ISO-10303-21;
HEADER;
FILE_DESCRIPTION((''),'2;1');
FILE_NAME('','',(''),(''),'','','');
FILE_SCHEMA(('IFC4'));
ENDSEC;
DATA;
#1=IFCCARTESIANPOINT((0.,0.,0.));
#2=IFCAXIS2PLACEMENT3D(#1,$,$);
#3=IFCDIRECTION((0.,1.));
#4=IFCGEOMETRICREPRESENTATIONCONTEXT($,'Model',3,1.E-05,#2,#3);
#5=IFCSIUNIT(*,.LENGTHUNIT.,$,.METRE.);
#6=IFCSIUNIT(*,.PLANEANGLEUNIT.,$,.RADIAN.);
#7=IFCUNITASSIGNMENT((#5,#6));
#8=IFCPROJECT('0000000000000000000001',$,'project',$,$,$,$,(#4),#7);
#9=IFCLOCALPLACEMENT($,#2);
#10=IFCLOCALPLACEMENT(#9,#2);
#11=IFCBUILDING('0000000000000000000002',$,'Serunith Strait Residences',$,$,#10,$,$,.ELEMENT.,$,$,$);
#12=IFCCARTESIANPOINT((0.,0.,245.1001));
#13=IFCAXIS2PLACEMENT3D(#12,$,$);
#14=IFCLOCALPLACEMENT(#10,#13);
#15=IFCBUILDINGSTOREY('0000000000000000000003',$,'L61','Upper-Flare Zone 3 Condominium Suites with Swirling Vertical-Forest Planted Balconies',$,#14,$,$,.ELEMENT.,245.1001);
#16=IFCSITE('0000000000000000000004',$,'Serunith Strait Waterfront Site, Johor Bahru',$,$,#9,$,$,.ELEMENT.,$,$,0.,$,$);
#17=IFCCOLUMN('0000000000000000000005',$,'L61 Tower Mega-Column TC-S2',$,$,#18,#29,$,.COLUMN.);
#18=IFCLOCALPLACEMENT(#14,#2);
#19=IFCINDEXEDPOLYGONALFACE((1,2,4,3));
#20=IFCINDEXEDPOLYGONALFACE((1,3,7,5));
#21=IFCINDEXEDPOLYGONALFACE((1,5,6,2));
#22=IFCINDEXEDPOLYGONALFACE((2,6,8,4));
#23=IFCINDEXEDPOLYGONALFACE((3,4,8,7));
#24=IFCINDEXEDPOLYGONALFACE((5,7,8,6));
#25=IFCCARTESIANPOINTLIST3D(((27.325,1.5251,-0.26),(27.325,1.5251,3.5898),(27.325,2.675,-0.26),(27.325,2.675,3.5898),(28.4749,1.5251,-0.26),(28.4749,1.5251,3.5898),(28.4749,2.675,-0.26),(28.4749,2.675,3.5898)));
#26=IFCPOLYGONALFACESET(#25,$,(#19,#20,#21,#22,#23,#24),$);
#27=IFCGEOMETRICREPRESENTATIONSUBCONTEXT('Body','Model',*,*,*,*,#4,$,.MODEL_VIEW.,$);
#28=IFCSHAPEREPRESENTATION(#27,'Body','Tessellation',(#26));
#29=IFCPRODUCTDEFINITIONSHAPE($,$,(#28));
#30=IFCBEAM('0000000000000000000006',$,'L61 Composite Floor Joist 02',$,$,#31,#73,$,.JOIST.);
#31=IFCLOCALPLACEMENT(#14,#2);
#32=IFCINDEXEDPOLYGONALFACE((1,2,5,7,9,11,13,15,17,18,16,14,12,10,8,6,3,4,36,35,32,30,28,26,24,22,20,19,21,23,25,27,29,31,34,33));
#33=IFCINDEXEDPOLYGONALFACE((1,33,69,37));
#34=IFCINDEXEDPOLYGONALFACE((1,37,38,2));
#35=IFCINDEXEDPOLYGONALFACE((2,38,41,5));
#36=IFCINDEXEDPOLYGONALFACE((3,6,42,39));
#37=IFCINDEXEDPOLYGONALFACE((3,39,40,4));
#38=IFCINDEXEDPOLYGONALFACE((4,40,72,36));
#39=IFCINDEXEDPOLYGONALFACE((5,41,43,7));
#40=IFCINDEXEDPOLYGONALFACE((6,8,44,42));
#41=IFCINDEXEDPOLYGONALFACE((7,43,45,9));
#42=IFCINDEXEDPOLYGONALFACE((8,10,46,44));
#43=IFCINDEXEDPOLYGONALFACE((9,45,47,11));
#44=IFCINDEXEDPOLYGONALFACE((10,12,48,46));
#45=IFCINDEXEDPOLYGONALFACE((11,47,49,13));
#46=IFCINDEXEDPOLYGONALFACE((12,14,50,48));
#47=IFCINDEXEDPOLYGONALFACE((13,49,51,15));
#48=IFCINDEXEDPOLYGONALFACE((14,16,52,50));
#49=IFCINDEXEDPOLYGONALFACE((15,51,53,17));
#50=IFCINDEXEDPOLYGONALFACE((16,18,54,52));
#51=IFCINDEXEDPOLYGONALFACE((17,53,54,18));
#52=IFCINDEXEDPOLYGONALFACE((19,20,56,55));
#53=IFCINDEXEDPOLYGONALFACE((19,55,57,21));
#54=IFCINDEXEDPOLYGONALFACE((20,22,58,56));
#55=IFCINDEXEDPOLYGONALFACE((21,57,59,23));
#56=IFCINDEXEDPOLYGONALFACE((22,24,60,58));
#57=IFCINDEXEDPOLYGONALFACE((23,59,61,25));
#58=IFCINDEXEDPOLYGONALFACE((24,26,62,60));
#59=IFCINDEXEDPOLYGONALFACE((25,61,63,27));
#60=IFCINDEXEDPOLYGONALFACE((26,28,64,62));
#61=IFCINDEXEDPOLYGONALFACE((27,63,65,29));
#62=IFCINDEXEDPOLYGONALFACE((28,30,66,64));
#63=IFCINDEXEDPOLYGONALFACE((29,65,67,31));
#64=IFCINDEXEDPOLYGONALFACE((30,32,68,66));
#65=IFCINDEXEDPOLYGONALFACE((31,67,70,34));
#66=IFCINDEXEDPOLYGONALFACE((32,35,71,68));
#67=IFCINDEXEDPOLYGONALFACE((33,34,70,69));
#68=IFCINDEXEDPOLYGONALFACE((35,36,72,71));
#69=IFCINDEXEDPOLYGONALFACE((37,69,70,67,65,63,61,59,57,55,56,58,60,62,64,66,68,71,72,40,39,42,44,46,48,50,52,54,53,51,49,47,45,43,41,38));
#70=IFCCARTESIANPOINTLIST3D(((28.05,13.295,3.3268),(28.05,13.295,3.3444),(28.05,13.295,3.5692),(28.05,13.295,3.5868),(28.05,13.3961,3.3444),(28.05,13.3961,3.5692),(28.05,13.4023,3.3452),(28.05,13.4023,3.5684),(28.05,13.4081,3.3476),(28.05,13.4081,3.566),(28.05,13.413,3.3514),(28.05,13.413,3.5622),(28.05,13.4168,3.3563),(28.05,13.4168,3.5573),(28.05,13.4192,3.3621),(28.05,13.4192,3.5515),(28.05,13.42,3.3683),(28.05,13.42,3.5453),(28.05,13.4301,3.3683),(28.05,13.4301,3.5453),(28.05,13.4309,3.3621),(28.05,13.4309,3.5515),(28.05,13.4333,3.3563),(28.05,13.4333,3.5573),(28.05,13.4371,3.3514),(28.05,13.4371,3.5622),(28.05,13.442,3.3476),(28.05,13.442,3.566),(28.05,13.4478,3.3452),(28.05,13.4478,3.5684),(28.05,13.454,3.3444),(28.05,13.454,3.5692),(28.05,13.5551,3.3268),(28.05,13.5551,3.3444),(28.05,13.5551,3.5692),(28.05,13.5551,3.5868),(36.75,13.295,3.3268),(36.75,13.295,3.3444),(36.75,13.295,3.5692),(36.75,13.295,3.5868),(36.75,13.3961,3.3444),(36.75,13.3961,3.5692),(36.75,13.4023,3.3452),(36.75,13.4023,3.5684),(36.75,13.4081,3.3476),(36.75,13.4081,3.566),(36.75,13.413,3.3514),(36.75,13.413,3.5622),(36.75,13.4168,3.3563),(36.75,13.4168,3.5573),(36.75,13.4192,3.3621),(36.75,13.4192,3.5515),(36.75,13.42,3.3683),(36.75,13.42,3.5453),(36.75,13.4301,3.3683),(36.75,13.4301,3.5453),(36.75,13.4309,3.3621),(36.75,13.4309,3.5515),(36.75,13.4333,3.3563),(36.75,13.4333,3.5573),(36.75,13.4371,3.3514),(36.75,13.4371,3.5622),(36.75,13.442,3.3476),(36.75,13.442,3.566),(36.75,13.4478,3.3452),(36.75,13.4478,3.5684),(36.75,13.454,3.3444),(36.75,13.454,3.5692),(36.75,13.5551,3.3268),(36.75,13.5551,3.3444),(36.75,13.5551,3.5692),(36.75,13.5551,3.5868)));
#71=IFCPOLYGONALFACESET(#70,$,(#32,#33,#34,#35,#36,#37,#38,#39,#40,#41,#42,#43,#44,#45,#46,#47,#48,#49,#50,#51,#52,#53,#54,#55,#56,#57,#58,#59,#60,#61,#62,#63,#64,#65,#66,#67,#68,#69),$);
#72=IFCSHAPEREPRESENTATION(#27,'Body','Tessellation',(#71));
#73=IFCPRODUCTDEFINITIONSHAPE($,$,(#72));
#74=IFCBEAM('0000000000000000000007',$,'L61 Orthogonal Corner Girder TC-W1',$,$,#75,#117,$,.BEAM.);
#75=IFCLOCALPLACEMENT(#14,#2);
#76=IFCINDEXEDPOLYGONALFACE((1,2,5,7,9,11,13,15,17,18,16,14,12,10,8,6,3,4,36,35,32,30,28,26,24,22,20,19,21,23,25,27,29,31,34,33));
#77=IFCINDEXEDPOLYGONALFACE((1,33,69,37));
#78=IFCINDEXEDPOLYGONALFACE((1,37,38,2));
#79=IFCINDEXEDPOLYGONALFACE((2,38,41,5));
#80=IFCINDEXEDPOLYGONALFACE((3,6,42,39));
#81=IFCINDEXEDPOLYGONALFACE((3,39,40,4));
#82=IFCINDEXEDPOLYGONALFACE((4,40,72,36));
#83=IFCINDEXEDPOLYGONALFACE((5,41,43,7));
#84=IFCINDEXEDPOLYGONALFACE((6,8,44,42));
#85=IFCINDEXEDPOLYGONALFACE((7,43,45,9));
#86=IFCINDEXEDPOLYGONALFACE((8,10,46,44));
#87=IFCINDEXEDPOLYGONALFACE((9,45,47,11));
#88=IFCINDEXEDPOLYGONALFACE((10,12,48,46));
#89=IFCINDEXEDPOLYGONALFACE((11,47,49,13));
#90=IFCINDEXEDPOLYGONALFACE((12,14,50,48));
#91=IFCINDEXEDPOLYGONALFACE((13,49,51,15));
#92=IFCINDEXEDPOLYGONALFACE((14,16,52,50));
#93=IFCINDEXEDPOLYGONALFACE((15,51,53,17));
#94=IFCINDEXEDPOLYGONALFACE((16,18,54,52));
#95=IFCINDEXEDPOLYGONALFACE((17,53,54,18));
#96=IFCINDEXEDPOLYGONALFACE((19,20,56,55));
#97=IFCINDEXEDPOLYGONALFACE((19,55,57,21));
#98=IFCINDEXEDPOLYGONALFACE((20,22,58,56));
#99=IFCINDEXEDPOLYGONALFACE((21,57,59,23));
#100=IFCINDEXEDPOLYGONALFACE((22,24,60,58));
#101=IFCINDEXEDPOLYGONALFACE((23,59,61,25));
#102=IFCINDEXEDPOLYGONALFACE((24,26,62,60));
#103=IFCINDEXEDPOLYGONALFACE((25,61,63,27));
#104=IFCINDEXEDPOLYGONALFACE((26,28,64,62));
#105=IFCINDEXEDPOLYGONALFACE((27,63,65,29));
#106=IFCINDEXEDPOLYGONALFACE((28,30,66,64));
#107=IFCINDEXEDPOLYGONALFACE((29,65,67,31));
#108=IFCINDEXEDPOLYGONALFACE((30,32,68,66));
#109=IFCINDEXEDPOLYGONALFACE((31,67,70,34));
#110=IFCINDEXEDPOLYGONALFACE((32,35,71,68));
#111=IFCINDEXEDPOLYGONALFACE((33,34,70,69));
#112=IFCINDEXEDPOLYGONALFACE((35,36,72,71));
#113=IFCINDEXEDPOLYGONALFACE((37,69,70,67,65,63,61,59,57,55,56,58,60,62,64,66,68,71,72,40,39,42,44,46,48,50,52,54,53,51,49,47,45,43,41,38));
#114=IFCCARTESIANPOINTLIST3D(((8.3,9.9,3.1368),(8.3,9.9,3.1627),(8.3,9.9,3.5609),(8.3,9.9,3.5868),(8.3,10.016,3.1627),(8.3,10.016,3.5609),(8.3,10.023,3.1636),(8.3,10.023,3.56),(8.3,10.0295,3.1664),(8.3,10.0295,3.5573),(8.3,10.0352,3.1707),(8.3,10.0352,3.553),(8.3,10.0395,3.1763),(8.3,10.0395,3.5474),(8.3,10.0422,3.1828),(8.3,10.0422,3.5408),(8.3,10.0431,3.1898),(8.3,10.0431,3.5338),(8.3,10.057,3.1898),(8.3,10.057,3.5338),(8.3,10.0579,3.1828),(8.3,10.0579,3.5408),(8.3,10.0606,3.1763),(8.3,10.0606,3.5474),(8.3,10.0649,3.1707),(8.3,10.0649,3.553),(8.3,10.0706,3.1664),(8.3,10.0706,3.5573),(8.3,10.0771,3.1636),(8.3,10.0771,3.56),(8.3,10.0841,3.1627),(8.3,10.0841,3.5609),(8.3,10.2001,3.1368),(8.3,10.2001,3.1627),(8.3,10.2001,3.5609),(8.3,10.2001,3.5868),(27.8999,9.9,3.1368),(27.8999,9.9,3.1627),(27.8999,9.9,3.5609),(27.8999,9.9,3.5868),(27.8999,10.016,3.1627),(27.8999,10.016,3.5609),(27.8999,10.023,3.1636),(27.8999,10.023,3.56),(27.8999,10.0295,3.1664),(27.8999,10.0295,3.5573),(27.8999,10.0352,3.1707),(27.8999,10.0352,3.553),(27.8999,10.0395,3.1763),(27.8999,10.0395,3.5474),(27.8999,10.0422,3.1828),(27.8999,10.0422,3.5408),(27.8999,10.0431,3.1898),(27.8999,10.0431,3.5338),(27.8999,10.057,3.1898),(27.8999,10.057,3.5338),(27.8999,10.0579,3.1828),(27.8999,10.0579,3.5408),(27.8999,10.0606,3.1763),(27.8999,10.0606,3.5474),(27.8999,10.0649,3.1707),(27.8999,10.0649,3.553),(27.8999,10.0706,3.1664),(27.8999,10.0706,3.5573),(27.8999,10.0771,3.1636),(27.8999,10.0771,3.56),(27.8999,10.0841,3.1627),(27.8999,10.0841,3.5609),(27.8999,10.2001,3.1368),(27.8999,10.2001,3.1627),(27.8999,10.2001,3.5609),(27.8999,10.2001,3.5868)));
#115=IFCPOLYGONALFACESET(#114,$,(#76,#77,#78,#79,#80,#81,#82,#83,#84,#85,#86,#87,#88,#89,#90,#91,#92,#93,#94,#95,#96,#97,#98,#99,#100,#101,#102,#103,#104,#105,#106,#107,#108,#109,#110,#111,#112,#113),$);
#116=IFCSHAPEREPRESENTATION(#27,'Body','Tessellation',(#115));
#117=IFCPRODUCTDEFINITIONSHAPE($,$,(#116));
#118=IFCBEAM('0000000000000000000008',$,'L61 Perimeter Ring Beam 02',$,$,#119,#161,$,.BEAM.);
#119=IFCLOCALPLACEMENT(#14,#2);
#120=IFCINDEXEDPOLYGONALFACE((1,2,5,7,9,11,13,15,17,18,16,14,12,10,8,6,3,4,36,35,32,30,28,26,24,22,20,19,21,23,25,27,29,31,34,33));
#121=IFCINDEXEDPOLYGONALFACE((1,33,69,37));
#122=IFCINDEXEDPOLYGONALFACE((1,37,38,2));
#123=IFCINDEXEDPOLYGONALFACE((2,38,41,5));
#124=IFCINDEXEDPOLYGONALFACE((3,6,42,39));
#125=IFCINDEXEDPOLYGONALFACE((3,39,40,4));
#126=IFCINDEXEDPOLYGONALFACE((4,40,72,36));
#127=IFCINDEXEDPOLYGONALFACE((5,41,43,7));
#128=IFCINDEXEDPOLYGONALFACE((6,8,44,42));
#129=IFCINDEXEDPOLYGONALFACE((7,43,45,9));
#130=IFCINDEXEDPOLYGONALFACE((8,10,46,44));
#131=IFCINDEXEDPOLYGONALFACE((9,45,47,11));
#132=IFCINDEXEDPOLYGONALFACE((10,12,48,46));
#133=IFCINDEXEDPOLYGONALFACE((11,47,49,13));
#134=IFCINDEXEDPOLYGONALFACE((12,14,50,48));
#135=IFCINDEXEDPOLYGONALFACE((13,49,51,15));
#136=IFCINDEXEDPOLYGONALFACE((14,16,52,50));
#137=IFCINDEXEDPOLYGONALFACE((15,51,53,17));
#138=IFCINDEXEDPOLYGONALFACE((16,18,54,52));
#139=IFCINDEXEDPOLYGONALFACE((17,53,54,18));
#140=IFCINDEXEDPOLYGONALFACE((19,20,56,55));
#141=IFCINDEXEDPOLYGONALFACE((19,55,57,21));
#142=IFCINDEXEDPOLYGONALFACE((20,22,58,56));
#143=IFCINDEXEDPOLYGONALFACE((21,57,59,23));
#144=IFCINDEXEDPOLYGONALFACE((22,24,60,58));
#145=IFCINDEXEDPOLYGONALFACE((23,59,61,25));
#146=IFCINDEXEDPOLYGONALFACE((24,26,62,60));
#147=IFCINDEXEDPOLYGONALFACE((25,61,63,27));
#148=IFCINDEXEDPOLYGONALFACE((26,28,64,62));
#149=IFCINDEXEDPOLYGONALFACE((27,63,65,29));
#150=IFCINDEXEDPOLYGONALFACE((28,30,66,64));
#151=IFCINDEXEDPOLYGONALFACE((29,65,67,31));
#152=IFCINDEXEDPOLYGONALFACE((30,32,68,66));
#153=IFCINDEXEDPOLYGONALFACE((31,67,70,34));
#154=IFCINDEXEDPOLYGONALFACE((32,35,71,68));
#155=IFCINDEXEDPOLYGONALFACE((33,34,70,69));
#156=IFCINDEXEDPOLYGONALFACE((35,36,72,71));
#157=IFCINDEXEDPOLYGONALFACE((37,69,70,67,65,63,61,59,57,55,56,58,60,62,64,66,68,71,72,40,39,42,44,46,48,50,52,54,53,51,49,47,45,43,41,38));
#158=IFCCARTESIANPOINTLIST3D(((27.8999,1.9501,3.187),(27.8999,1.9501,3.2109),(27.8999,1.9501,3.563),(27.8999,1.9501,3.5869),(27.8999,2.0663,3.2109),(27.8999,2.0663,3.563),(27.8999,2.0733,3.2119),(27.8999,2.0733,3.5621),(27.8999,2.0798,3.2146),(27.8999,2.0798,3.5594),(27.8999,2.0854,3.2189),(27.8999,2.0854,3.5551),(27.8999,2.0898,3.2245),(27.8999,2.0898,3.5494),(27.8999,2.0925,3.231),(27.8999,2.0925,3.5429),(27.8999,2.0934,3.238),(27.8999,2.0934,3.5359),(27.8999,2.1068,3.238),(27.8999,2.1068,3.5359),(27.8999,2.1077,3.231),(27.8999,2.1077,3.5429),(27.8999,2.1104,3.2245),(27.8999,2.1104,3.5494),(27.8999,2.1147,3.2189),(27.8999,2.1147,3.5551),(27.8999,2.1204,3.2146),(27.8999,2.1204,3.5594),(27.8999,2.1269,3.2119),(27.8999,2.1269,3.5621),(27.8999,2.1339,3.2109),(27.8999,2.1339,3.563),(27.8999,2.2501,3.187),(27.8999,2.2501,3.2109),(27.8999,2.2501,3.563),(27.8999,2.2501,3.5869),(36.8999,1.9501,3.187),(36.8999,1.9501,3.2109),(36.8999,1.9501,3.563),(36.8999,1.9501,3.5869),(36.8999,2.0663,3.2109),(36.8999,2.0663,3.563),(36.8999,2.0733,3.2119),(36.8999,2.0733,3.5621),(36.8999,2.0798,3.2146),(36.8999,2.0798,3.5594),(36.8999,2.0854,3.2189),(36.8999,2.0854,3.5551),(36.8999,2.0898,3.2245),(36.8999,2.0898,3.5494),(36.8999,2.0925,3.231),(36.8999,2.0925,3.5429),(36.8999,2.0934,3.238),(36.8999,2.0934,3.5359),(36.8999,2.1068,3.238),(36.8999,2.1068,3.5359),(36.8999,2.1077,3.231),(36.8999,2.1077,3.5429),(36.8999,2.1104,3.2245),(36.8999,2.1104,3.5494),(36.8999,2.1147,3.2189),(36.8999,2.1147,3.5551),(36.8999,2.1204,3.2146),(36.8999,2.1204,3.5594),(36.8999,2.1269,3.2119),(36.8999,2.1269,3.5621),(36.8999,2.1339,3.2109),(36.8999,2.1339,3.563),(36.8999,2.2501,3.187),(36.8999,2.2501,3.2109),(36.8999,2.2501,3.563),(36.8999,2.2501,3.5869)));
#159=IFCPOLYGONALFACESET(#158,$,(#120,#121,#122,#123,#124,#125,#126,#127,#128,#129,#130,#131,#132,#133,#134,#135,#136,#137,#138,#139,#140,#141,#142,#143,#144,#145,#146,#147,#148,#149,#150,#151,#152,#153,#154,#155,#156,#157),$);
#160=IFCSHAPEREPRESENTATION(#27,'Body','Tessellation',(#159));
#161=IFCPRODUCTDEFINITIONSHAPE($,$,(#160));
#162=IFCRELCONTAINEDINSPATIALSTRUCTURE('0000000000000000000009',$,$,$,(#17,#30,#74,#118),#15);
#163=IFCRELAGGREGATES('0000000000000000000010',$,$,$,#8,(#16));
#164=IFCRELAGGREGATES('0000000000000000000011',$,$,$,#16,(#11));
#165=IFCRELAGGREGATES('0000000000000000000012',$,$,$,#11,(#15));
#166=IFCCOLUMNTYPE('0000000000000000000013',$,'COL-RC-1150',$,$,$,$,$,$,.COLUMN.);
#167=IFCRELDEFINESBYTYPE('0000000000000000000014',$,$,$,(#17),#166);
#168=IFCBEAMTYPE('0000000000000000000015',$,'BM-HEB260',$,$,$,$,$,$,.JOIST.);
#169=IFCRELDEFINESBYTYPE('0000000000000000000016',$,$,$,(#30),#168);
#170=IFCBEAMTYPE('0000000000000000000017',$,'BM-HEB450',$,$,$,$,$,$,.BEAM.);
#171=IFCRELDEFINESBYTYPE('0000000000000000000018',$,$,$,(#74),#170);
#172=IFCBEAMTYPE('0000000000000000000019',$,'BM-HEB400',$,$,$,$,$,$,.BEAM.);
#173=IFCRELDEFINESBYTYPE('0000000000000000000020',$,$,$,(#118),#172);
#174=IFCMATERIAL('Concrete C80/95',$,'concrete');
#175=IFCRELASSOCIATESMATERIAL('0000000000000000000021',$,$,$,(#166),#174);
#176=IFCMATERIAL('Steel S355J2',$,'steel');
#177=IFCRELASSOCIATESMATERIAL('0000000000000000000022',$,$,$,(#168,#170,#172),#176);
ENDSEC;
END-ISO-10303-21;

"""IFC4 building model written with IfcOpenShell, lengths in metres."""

from ifc_helpers import new_model, si_unit, direction, frame, origin, origin_2d, place, context, subcontext, project, spatial, rectangle, i_section, extrude, source, transform, mapped, material, material_profile, profile_set, type_object, element, save


model = new_model("IFC4")

# Units and contexts
model_context = context("Model", 3, precision=1e-05, world=origin(), true_north=direction((0.0, 1.0)))
body_context = subcontext(model_context, "Body", "Model", "MODEL_VIEW")
ifc_project = project(units=[si_unit("LENGTHUNIT", "METRE"), si_unit("PLANEANGLEUNIT", "RADIAN")], contexts=[model_context])

# Site, building, storey
site_placement = place(None, origin())
site = spatial("IfcSite", under=ifc_project, at=site_placement, Name="Serunith Strait Waterfront Site, Johor Bahru", CompositionType="ELEMENT", RefElevation=0.0)
building_placement = place(site_placement, origin())
building = spatial("IfcBuilding", under=site, at=building_placement, Name="Serunith Strait Residences", CompositionType="ELEMENT")
storey_placement = place(building_placement, frame((0.0, 0.0, 245.1001)))
storey = spatial("IfcBuildingStorey", under=building, at=storey_placement, Name="L61", Description="Upper-Flare Zone 3 Condominium Suites with Swirling Vertical-Forest Planted Balconies", CompositionType="ELEMENT", Elevation=245.1001)

# Column
ifc_material_1 = material(Name="Concrete C80/95", Category="concrete")
ifc_material_profile_1 = material_profile(ifc_material_1, rectangle(XDim=1.1499, YDim=1.1499, at=origin_2d()), Name="RC 1150x1150")
ifc_profile_set_1 = profile_set([ifc_material_profile_1], Name="Concrete C80/95")
column_type = type_object("IfcColumnType", Name="COL-RC-1150", PredefinedType="COLUMN", material=ifc_profile_set_1)
shared_shape_1 = source(origin(), body_context, "Body", "SweptSolid", [
    extrude(rectangle(XDim=1.1499, YDim=1.1499, at=origin_2d()), origin(), (0.0, 0.0, 1.0), 3.8499),
])
column_placement = place(storey_placement, frame((27.8999, 2.1001, -0.26), z_axis=(0.0, 0.0, 1.0), x_axis=(1.0, 0.0, 0.0)))
element("IfcColumn", 1, at=column_placement, inside=storey, type_object=column_type, Name="L61 Tower Mega-Column TC-S2", PredefinedType="COLUMN", context=body_context, shape_type="MappedRepresentation", body=[
    mapped(shared_shape_1, transform((0.0, 0.0, 0.0), scale=1.0)),
])

# Beams
ifc_material_2 = material(Name="Steel S355J2", Category="steel")
ifc_material_profile_2 = material_profile(ifc_material_2, i_section(OverallWidth=0.26, OverallDepth=0.26, WebThickness=0.01, FlangeThickness=0.0176, FilletRadius=0.0239, at=origin_2d()), Name="HEB 260")
ifc_profile_set_2 = profile_set([ifc_material_profile_2], Name="Steel S355J2")
beam_type_1 = type_object("IfcBeamType", Name="BM-HEB260", PredefinedType="JOIST", material=ifc_profile_set_2)
shared_shape_2 = source(origin(), body_context, "Body", "SweptSolid", [
    extrude(i_section(OverallWidth=0.26, OverallDepth=0.26, WebThickness=0.01, FlangeThickness=0.0176, FilletRadius=0.0239, at=origin_2d()), origin(), (0.0, 0.0, 1.0), 8.7),
])
beam_1_placement = place(storey_placement, frame((28.05, 13.425, 3.4568), z_axis=(1.0, 0.0, 0.0), x_axis=(0.0, 1.0, 0.0)))
element("IfcBeam", 2, at=beam_1_placement, inside=storey, type_object=beam_type_1, Name="L61 Composite Floor Joist 02", PredefinedType="JOIST", context=body_context, shape_type="MappedRepresentation", body=[
    mapped(shared_shape_2, transform((0.0, 0.0, 0.0), scale=1.0)),
])
ifc_material_profile_3 = material_profile(ifc_material_2, i_section(OverallWidth=0.3, OverallDepth=0.45, WebThickness=0.0139, FlangeThickness=0.0259, FilletRadius=0.0271, at=origin_2d()), Name="HEB 450")
ifc_profile_set_3 = profile_set([ifc_material_profile_3], Name="Steel S355J2")
beam_type_2 = type_object("IfcBeamType", Name="BM-HEB450", PredefinedType="BEAM", material=ifc_profile_set_3)
shared_shape_3 = source(origin(), body_context, "Body", "SweptSolid", [
    extrude(i_section(OverallWidth=0.3, OverallDepth=0.45, WebThickness=0.0139, FlangeThickness=0.0259, FilletRadius=0.0271, at=origin_2d()), origin(), (0.0, 0.0, 1.0), 19.5999),
])
beam_2_placement = place(storey_placement, frame((27.8999, 10.05, 3.3618), z_axis=(-1.0, 0.0, 0.0), x_axis=(0.0, -1.0, 0.0)))
element("IfcBeam", 3, at=beam_2_placement, inside=storey, type_object=beam_type_2, Name="L61 Orthogonal Corner Girder TC-W1", PredefinedType="BEAM", context=body_context, shape_type="MappedRepresentation", body=[
    mapped(shared_shape_3, transform((0.0, 0.0, 0.0), scale=1.0)),
])
ifc_material_profile_4 = material_profile(ifc_material_2, i_section(OverallWidth=0.3, OverallDepth=0.3999, WebThickness=0.0134, FlangeThickness=0.0239, FilletRadius=0.0271, at=origin_2d()), Name="HEB 400")
ifc_profile_set_4 = profile_set([ifc_material_profile_4], Name="Steel S355J2")
beam_type_3 = type_object("IfcBeamType", Name="BM-HEB400", PredefinedType="BEAM", material=ifc_profile_set_4)
shared_shape_4 = source(origin(), body_context, "Body", "SweptSolid", [
    extrude(i_section(OverallWidth=0.3, OverallDepth=0.3999, WebThickness=0.0134, FlangeThickness=0.0239, FilletRadius=0.0271, at=origin_2d()), origin(), (0.0, 0.0, 1.0), 9.0),
])
beam_3_placement = place(storey_placement, frame((27.8999, 2.1001, 3.387), z_axis=(1.0, 0.0, 0.0), x_axis=(0.0, 1.0, 0.0)))
element("IfcBeam", 4, at=beam_3_placement, inside=storey, type_object=beam_type_3, Name="L61 Perimeter Ring Beam 02", PredefinedType="BEAM", context=body_context, shape_type="MappedRepresentation", body=[
    mapped(shared_shape_4, transform((0.0, 0.0, 0.0), scale=1.0)),
])

save(model, "model.ifc")
